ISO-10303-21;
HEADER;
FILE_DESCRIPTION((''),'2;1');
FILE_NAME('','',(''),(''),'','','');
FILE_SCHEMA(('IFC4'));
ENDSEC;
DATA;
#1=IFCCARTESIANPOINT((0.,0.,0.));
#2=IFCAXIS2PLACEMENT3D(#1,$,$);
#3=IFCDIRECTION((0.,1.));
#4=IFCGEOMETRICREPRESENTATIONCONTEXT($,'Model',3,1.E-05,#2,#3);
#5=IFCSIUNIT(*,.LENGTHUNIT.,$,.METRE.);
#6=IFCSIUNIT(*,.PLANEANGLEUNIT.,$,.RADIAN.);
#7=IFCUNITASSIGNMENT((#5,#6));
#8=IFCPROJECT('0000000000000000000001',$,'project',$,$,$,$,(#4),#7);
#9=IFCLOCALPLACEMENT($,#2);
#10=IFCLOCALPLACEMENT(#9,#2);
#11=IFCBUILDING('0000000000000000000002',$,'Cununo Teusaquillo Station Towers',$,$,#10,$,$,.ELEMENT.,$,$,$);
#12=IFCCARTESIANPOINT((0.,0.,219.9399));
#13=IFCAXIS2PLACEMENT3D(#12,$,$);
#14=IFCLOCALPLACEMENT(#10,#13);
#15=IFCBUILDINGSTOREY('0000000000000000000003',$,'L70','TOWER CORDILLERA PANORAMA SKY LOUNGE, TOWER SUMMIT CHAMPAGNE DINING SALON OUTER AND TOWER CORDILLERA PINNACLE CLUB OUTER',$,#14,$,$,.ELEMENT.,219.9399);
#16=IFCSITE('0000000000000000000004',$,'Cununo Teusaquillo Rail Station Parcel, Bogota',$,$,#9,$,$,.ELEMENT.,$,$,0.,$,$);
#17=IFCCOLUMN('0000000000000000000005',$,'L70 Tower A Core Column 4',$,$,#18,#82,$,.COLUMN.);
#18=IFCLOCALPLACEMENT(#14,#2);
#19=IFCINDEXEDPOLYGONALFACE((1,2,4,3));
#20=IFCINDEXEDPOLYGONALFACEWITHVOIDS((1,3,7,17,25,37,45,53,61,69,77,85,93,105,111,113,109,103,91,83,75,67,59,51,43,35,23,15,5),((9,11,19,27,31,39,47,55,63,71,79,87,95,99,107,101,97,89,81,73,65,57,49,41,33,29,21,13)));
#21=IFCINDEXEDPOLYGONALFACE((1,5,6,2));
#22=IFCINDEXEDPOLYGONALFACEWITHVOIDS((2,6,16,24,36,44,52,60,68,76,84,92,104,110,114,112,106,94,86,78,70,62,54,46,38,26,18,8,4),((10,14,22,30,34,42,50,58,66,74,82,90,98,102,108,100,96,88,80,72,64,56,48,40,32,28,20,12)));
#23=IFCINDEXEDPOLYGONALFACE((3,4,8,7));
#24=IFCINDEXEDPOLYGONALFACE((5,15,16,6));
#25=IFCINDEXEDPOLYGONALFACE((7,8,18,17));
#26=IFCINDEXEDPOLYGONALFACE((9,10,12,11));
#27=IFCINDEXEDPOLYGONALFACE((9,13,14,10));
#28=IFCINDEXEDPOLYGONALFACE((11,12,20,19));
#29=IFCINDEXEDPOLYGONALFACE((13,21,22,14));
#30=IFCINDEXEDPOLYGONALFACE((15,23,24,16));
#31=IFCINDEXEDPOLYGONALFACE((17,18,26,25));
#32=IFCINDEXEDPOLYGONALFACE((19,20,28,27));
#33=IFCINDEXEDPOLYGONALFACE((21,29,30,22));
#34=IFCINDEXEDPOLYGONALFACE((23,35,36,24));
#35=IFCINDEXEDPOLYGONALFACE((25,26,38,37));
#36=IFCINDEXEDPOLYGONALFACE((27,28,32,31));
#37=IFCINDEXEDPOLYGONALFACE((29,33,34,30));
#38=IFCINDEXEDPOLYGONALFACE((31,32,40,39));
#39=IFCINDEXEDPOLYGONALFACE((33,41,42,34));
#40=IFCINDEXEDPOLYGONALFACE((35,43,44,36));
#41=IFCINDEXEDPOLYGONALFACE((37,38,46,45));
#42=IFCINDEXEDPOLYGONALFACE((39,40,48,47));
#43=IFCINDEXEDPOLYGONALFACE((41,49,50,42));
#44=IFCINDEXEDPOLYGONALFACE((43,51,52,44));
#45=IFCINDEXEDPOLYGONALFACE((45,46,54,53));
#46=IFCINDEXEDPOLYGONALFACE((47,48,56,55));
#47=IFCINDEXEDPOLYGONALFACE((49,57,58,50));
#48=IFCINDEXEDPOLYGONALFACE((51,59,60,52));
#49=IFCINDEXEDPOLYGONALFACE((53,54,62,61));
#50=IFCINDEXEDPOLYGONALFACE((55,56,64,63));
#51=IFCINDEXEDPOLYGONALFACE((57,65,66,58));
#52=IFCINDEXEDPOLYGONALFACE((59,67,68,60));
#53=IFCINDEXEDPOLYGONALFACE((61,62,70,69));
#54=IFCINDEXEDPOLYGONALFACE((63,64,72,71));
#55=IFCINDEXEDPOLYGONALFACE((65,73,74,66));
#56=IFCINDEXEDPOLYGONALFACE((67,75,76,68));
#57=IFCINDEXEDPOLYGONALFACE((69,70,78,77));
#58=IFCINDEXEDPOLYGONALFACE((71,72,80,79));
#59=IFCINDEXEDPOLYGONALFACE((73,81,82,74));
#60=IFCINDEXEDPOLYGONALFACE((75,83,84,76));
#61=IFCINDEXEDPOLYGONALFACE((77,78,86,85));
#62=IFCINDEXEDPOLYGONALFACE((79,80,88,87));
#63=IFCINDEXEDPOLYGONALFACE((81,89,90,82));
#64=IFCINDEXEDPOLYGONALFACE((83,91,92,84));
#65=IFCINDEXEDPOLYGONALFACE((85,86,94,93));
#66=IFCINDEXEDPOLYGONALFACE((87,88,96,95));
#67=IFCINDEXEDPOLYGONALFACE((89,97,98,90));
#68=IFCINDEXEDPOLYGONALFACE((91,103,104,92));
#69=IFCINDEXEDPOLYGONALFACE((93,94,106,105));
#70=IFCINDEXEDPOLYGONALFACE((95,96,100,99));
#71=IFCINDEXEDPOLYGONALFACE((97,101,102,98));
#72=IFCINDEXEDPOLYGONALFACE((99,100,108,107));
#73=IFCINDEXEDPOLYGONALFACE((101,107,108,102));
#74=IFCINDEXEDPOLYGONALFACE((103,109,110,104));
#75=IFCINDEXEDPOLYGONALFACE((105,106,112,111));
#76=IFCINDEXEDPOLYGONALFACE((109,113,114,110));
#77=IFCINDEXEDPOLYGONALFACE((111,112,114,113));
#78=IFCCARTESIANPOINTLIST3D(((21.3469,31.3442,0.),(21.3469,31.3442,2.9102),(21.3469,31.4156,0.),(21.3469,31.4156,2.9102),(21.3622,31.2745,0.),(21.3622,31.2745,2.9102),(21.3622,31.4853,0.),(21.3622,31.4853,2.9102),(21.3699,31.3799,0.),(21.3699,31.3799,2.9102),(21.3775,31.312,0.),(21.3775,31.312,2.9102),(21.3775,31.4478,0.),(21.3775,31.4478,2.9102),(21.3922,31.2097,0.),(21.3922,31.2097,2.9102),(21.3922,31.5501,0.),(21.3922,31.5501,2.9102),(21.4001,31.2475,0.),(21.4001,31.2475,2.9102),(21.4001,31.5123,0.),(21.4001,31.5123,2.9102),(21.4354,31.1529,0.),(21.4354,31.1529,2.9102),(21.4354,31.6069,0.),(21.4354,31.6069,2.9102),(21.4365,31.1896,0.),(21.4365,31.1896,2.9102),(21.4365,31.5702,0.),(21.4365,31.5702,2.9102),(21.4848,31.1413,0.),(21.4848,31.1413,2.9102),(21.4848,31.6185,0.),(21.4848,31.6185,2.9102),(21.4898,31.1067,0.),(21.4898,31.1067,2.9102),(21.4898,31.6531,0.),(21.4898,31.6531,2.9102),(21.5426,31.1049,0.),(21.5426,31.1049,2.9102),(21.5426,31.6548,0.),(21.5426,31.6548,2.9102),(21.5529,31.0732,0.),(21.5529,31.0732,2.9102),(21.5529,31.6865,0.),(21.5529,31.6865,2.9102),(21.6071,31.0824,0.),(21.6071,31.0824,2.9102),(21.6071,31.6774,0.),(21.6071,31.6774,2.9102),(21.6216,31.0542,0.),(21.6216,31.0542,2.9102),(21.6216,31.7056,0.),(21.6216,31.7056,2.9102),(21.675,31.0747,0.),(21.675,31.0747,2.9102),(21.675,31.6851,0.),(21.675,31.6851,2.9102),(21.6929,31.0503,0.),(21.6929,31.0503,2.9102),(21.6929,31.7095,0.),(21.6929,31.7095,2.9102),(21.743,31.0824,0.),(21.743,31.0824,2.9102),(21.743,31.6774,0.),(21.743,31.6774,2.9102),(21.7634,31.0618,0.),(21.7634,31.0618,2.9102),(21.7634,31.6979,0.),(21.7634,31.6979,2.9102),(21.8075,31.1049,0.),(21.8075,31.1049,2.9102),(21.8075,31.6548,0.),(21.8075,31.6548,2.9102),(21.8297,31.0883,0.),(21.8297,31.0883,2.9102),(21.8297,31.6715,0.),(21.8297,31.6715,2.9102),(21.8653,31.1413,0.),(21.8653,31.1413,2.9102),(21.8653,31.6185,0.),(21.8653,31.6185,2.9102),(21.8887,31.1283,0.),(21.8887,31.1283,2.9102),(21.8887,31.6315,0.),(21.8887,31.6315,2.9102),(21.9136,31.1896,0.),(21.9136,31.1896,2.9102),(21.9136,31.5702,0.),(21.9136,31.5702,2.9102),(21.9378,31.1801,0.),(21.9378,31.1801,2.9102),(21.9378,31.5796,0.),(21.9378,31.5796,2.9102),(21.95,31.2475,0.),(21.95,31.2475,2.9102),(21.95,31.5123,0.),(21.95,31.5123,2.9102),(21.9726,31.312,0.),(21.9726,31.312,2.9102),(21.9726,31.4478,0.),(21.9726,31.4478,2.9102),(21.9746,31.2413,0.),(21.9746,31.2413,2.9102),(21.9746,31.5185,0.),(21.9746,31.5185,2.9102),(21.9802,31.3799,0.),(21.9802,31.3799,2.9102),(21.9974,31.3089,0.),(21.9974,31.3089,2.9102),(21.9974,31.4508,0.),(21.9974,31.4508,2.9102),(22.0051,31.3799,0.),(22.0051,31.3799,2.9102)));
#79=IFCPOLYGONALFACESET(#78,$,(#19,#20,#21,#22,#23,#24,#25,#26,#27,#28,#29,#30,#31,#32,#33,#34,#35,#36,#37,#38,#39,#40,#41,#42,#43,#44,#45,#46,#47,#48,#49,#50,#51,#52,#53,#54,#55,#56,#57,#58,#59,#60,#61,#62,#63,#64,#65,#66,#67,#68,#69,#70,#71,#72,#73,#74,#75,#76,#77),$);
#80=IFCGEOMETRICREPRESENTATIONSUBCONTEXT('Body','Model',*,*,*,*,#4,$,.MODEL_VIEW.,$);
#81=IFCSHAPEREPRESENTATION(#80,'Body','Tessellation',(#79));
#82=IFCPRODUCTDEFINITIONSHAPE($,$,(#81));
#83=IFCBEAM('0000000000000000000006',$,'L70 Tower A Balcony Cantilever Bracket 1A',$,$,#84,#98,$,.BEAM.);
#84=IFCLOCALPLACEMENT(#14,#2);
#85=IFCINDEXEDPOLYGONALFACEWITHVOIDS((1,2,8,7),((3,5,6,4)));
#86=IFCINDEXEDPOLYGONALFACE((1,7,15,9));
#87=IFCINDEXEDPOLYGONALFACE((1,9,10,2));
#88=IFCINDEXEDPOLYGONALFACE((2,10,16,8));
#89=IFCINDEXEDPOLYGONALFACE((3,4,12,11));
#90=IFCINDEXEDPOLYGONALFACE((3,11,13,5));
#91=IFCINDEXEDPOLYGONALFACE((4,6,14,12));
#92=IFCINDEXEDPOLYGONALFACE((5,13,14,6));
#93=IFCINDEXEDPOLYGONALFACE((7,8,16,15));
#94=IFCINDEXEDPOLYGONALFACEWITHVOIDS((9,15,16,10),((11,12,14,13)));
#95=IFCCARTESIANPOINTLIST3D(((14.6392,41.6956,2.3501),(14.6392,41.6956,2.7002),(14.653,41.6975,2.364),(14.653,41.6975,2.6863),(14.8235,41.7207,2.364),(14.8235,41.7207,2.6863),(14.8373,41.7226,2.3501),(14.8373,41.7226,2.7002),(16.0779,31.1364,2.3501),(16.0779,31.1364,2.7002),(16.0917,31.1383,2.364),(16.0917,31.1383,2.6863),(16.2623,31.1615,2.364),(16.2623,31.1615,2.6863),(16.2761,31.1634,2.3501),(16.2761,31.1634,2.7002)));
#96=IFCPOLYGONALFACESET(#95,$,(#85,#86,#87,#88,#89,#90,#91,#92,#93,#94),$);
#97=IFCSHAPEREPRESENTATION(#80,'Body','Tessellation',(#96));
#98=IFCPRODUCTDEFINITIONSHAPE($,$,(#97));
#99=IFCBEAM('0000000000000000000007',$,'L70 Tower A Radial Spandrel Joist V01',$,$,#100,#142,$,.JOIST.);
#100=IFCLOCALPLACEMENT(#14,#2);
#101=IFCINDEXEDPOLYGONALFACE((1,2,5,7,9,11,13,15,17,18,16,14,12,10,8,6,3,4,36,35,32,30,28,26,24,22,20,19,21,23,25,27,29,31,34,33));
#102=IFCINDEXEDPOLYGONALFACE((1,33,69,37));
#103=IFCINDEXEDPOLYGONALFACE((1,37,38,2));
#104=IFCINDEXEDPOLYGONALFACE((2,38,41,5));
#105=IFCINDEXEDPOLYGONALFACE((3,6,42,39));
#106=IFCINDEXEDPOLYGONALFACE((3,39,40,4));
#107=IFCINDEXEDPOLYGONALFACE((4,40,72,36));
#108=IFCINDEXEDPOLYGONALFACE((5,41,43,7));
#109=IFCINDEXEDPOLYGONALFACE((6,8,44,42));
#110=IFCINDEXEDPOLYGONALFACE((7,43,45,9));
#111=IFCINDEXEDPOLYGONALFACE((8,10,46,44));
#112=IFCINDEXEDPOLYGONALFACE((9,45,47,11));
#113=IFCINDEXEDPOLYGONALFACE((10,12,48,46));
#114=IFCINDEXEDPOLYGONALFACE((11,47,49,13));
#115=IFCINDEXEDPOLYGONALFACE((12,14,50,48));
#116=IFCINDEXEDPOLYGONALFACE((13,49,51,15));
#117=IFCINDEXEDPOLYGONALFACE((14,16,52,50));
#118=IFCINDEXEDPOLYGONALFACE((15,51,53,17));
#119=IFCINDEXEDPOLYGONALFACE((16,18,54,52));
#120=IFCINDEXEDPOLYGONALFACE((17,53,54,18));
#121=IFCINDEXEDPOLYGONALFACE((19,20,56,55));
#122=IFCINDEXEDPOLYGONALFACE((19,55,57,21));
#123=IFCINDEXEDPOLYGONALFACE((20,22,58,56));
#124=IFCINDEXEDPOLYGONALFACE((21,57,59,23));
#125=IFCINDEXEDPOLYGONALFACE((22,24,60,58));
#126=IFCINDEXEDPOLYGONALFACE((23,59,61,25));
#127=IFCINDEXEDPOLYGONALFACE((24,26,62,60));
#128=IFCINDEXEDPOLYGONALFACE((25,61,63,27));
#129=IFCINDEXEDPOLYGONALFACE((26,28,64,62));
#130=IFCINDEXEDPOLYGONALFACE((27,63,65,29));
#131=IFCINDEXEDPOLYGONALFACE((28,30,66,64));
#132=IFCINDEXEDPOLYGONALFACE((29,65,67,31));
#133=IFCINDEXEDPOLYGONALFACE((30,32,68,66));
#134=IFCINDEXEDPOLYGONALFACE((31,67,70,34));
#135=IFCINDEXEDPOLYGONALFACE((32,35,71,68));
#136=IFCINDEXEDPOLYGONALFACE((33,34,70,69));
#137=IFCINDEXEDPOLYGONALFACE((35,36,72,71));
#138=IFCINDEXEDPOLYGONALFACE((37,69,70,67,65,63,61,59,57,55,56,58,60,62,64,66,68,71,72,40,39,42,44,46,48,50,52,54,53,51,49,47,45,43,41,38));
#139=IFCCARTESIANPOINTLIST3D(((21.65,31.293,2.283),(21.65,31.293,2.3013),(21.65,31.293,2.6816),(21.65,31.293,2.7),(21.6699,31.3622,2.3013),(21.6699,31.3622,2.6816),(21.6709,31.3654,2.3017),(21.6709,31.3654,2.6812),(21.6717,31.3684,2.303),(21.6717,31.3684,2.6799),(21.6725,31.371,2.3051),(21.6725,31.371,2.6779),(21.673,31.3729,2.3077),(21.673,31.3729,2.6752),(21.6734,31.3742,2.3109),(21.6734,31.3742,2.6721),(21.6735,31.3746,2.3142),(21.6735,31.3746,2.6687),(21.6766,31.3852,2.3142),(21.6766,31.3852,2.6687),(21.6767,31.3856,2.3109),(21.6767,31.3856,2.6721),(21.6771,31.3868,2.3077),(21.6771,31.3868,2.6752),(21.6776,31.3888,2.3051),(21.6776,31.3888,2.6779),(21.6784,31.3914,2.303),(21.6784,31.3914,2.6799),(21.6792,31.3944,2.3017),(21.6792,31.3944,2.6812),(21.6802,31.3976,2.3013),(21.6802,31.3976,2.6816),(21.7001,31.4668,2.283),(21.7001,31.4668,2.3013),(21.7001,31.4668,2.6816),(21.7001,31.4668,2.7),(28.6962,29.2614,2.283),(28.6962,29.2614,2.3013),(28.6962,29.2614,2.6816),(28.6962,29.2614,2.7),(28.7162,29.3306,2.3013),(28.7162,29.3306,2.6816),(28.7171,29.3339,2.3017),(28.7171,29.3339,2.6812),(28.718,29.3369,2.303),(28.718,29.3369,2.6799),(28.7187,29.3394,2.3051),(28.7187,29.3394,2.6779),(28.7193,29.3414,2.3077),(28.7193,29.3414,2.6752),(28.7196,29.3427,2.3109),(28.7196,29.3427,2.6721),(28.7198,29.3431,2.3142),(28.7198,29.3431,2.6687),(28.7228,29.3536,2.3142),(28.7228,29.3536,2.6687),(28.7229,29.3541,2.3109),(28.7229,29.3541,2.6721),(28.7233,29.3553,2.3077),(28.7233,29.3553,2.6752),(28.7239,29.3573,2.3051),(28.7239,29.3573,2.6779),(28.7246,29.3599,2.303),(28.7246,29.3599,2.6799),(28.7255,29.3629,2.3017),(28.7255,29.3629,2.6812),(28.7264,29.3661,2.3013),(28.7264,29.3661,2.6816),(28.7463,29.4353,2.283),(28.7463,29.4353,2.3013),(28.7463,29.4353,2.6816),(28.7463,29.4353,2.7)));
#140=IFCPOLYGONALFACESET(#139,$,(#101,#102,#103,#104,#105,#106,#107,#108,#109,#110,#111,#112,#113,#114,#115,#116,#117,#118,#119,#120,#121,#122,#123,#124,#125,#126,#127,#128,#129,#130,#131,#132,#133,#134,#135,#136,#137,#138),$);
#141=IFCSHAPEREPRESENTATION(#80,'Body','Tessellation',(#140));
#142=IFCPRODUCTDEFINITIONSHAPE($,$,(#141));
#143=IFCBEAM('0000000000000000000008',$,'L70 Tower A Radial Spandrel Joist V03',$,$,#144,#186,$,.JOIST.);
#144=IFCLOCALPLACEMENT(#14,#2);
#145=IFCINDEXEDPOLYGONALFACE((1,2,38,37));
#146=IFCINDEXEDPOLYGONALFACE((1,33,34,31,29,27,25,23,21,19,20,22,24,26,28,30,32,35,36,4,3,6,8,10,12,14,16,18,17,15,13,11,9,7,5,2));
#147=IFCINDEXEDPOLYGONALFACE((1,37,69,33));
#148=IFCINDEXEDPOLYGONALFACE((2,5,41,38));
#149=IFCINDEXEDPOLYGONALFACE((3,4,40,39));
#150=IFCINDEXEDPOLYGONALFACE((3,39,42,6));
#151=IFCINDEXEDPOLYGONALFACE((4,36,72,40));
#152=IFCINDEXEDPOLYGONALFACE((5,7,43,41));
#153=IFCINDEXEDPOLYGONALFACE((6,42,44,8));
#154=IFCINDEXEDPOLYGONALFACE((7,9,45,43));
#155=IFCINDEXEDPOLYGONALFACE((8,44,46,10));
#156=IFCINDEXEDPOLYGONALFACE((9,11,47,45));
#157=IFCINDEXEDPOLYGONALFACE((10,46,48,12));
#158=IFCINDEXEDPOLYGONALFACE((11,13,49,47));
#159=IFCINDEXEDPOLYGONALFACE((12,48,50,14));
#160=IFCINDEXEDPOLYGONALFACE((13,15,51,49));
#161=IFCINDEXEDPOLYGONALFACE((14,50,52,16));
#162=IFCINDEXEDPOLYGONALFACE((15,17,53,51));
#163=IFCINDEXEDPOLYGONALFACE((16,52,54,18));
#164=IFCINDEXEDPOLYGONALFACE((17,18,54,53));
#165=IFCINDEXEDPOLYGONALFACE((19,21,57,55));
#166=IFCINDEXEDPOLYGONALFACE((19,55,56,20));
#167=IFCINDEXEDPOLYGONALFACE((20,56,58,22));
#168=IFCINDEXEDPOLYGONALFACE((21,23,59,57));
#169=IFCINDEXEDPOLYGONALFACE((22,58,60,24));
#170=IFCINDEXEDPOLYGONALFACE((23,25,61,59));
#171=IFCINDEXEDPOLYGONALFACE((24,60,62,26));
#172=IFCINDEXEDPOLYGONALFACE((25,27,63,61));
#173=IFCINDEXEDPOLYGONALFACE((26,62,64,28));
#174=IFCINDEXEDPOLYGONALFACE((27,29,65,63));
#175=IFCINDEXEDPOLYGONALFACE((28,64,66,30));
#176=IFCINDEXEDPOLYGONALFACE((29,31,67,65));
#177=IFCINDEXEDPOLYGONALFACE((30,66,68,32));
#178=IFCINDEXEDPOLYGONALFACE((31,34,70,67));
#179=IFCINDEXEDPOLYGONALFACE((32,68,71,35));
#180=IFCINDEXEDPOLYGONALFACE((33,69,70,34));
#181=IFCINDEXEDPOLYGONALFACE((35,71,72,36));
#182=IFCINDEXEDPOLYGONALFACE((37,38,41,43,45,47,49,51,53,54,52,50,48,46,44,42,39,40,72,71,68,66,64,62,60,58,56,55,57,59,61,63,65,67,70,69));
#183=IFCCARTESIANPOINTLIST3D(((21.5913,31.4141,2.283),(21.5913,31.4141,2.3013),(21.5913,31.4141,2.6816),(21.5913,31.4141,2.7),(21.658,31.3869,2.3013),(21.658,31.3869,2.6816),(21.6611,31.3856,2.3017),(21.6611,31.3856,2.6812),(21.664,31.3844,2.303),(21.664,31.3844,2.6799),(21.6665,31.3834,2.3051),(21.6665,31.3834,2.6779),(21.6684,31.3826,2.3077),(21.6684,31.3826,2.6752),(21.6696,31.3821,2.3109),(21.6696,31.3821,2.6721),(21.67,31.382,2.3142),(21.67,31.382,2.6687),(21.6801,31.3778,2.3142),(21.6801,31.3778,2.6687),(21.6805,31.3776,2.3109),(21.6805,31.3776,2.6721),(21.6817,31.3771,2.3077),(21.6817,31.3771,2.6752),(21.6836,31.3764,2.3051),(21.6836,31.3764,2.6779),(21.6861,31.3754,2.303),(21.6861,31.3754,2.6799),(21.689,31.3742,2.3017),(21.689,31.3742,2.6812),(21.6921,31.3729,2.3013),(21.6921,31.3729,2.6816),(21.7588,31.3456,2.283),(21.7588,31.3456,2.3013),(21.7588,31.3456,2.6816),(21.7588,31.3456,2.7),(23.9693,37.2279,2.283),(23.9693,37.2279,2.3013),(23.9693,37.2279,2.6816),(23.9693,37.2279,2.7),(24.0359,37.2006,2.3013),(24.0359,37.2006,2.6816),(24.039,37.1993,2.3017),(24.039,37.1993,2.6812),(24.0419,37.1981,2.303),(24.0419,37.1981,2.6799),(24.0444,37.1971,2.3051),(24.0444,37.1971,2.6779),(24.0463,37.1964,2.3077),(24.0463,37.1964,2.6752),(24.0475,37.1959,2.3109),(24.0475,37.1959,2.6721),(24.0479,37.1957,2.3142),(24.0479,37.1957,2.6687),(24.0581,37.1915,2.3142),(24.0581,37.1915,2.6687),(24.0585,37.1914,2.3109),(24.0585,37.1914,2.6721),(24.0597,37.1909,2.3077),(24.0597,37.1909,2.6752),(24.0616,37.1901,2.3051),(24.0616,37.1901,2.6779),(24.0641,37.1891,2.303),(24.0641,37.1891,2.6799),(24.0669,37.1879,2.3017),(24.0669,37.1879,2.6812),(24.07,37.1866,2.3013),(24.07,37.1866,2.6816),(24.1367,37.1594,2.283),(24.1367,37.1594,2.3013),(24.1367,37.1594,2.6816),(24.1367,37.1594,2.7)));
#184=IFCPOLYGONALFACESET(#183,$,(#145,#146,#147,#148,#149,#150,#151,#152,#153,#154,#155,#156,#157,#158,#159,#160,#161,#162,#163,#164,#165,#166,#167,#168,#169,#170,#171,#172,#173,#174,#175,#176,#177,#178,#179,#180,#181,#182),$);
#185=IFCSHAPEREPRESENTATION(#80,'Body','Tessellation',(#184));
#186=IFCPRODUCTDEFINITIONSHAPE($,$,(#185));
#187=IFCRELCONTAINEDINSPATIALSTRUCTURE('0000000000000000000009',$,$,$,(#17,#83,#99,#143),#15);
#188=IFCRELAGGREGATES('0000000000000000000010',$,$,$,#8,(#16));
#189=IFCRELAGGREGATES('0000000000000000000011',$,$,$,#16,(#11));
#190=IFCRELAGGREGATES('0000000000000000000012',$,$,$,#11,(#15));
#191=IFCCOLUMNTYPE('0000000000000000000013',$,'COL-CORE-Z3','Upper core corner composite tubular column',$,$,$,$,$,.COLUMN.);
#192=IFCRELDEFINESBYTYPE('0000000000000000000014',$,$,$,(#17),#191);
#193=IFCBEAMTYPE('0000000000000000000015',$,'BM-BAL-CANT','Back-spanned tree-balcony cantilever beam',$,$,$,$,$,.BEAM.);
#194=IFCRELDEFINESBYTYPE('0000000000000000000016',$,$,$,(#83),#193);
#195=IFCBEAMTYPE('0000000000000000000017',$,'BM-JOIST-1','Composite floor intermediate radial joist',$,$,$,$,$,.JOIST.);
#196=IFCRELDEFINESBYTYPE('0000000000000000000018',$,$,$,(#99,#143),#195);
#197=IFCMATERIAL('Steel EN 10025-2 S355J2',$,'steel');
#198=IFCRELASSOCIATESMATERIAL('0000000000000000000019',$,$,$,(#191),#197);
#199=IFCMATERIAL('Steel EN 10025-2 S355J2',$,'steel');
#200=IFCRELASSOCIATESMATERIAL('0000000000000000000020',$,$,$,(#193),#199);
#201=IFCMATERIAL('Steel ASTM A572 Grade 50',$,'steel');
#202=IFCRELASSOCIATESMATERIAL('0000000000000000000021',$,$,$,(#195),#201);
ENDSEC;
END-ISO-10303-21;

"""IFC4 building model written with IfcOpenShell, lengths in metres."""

from ifc_helpers import new_model, si_unit, direction, frame, origin, origin_2d, place, context, subcontext, project, spatial, hollow_rectangle, hollow_circle, i_section, extrude, material, material_profile, profile_set, type_object, element, save


model = new_model("IFC4")

# Units and contexts
model_context = context("Model", 3, precision=1e-05, world=origin(), true_north=direction((0.0, 1.0)))
body_context = subcontext(model_context, "Body", "Model", "MODEL_VIEW")
ifc_project = project(units=[si_unit("LENGTHUNIT", "METRE"), si_unit("PLANEANGLEUNIT", "RADIAN")], contexts=[model_context])

# Site, building, storey
site_placement = place(None, origin())
site = spatial("IfcSite", under=ifc_project, at=site_placement, Name="Cununo Teusaquillo Rail Station Parcel, Bogota", CompositionType="ELEMENT", RefElevation=0.0)
building_placement = place(site_placement, origin())
building = spatial("IfcBuilding", under=site, at=building_placement, Name="Cununo Teusaquillo Station Towers", CompositionType="ELEMENT")
storey_placement = place(building_placement, frame((0.0, 0.0, 219.9399)))
storey = spatial("IfcBuildingStorey", under=building, at=storey_placement, Name="L70", Description="TOWER CORDILLERA PANORAMA SKY LOUNGE, TOWER SUMMIT CHAMPAGNE DINING SALON OUTER AND TOWER CORDILLERA PINNACLE CLUB OUTER", CompositionType="ELEMENT", Elevation=219.9399)

# Column
ifc_material_1 = material(Name="Steel EN 10025-2 S355J2", Category="steel")
ifc_material_profile_1 = material_profile(ifc_material_1, hollow_circle(Radius=0.3301, WallThickness=0.0249, at=origin_2d()), Name="CHS 660x25")
ifc_profile_set_1 = profile_set([ifc_material_profile_1], Name="Steel EN 10025-2 S355J2")
column_type = type_object("IfcColumnType", Name="COL-CORE-Z3", Description="Upper core corner composite tubular column", PredefinedType="COLUMN", material=ifc_profile_set_1)
column_placement = place(storey_placement, frame((21.675, 31.3799, 0.0), z_axis=(0.0, 0.0, 1.0), x_axis=(1.0, 0.0, 0.0)))
element("IfcColumn", 1, at=column_placement, inside=storey, type_object=column_type, Name="L70 Tower A Core Column 4", PredefinedType="COLUMN", context=body_context, shape_type="SweptSolid", body=[
    extrude(hollow_circle(Radius=0.3301, WallThickness=0.0249, at=origin_2d()), origin(), (0.0, 0.0, 1.0), 2.9102),
])

# Beams
ifc_material_2 = material(Name="Steel EN 10025-2 S355J2", Category="steel")
ifc_material_profile_2 = material_profile(ifc_material_2, hollow_rectangle(XDim=0.2, YDim=0.3501, WallThickness=0.0139, at=origin_2d()), Name="RHS 350x200x14")
ifc_profile_set_2 = profile_set([ifc_material_profile_2], Name="Steel EN 10025-2 S355J2")
beam_type_1 = type_object("IfcBeamType", Name="BM-BAL-CANT", Description="Back-spanned tree-balcony cantilever beam", PredefinedType="BEAM", material=ifc_profile_set_2)
beam_1_placement = place(storey_placement, frame((16.177, 31.1499, 2.5251), z_axis=(-0.135007, 0.990845, 0.0), x_axis=(-0.990845, -0.135007, 0.0)))
element("IfcBeam", 2, at=beam_1_placement, inside=storey, type_object=beam_type_1, Name="L70 Tower A Balcony Cantilever Bracket 1A", PredefinedType="BEAM", context=body_context, shape_type="SweptSolid", body=[
    extrude(hollow_rectangle(XDim=0.2, YDim=0.3501, WallThickness=0.0139, at=origin_2d()), origin(), (0.0, 0.0, 1.0), 10.6567),
])
ifc_material_3 = material(Name="Steel ASTM A572 Grade 50", Category="steel")
ifc_material_profile_3 = material_profile(ifc_material_3, i_section(OverallWidth=0.1809, OverallDepth=0.417, WebThickness=0.011, FlangeThickness=0.0183, FilletRadius=0.0129, at=origin_2d()), Name="W16X57")
ifc_profile_set_3 = profile_set([ifc_material_profile_3], Name="Steel ASTM A572 Grade 50")
beam_type_2 = type_object("IfcBeamType", Name="BM-JOIST-1", Description="Composite floor intermediate radial joist", PredefinedType="JOIST", material=ifc_profile_set_3)
beam_2_placement = place(storey_placement, frame((21.675, 31.3799, 2.4915), z_axis=(0.960862, -0.277029, 0.0), x_axis=(0.277029, 0.960862, 0.0)))
element("IfcBeam", 3, at=beam_2_placement, inside=storey, type_object=beam_type_2, Name="L70 Tower A Radial Spandrel Joist V01", PredefinedType="JOIST", context=body_context, shape_type="SweptSolid", body=[
    extrude(i_section(OverallWidth=0.1809, OverallDepth=0.417, WebThickness=0.011, FlangeThickness=0.0183, FilletRadius=0.0129, at=origin_2d()), origin(), (0.0, 0.0, 1.0), 7.3333),
])
beam_3_placement = place(storey_placement, frame((21.675, 31.3799, 2.4915), z_axis=(0.378577, 0.92557, 0.0), x_axis=(-0.92557, 0.378577, 0.0)))
element("IfcBeam", 4, at=beam_3_placement, inside=storey, type_object=beam_type_2, Name="L70 Tower A Radial Spandrel Joist V03", PredefinedType="JOIST", context=body_context, shape_type="SweptSolid", body=[
    extrude(i_section(OverallWidth=0.1809, OverallDepth=0.417, WebThickness=0.011, FlangeThickness=0.0183, FilletRadius=0.0129, at=origin_2d()), origin(), (0.0, 0.0, 1.0), 6.2812),
])

save(model, "model.ifc")
